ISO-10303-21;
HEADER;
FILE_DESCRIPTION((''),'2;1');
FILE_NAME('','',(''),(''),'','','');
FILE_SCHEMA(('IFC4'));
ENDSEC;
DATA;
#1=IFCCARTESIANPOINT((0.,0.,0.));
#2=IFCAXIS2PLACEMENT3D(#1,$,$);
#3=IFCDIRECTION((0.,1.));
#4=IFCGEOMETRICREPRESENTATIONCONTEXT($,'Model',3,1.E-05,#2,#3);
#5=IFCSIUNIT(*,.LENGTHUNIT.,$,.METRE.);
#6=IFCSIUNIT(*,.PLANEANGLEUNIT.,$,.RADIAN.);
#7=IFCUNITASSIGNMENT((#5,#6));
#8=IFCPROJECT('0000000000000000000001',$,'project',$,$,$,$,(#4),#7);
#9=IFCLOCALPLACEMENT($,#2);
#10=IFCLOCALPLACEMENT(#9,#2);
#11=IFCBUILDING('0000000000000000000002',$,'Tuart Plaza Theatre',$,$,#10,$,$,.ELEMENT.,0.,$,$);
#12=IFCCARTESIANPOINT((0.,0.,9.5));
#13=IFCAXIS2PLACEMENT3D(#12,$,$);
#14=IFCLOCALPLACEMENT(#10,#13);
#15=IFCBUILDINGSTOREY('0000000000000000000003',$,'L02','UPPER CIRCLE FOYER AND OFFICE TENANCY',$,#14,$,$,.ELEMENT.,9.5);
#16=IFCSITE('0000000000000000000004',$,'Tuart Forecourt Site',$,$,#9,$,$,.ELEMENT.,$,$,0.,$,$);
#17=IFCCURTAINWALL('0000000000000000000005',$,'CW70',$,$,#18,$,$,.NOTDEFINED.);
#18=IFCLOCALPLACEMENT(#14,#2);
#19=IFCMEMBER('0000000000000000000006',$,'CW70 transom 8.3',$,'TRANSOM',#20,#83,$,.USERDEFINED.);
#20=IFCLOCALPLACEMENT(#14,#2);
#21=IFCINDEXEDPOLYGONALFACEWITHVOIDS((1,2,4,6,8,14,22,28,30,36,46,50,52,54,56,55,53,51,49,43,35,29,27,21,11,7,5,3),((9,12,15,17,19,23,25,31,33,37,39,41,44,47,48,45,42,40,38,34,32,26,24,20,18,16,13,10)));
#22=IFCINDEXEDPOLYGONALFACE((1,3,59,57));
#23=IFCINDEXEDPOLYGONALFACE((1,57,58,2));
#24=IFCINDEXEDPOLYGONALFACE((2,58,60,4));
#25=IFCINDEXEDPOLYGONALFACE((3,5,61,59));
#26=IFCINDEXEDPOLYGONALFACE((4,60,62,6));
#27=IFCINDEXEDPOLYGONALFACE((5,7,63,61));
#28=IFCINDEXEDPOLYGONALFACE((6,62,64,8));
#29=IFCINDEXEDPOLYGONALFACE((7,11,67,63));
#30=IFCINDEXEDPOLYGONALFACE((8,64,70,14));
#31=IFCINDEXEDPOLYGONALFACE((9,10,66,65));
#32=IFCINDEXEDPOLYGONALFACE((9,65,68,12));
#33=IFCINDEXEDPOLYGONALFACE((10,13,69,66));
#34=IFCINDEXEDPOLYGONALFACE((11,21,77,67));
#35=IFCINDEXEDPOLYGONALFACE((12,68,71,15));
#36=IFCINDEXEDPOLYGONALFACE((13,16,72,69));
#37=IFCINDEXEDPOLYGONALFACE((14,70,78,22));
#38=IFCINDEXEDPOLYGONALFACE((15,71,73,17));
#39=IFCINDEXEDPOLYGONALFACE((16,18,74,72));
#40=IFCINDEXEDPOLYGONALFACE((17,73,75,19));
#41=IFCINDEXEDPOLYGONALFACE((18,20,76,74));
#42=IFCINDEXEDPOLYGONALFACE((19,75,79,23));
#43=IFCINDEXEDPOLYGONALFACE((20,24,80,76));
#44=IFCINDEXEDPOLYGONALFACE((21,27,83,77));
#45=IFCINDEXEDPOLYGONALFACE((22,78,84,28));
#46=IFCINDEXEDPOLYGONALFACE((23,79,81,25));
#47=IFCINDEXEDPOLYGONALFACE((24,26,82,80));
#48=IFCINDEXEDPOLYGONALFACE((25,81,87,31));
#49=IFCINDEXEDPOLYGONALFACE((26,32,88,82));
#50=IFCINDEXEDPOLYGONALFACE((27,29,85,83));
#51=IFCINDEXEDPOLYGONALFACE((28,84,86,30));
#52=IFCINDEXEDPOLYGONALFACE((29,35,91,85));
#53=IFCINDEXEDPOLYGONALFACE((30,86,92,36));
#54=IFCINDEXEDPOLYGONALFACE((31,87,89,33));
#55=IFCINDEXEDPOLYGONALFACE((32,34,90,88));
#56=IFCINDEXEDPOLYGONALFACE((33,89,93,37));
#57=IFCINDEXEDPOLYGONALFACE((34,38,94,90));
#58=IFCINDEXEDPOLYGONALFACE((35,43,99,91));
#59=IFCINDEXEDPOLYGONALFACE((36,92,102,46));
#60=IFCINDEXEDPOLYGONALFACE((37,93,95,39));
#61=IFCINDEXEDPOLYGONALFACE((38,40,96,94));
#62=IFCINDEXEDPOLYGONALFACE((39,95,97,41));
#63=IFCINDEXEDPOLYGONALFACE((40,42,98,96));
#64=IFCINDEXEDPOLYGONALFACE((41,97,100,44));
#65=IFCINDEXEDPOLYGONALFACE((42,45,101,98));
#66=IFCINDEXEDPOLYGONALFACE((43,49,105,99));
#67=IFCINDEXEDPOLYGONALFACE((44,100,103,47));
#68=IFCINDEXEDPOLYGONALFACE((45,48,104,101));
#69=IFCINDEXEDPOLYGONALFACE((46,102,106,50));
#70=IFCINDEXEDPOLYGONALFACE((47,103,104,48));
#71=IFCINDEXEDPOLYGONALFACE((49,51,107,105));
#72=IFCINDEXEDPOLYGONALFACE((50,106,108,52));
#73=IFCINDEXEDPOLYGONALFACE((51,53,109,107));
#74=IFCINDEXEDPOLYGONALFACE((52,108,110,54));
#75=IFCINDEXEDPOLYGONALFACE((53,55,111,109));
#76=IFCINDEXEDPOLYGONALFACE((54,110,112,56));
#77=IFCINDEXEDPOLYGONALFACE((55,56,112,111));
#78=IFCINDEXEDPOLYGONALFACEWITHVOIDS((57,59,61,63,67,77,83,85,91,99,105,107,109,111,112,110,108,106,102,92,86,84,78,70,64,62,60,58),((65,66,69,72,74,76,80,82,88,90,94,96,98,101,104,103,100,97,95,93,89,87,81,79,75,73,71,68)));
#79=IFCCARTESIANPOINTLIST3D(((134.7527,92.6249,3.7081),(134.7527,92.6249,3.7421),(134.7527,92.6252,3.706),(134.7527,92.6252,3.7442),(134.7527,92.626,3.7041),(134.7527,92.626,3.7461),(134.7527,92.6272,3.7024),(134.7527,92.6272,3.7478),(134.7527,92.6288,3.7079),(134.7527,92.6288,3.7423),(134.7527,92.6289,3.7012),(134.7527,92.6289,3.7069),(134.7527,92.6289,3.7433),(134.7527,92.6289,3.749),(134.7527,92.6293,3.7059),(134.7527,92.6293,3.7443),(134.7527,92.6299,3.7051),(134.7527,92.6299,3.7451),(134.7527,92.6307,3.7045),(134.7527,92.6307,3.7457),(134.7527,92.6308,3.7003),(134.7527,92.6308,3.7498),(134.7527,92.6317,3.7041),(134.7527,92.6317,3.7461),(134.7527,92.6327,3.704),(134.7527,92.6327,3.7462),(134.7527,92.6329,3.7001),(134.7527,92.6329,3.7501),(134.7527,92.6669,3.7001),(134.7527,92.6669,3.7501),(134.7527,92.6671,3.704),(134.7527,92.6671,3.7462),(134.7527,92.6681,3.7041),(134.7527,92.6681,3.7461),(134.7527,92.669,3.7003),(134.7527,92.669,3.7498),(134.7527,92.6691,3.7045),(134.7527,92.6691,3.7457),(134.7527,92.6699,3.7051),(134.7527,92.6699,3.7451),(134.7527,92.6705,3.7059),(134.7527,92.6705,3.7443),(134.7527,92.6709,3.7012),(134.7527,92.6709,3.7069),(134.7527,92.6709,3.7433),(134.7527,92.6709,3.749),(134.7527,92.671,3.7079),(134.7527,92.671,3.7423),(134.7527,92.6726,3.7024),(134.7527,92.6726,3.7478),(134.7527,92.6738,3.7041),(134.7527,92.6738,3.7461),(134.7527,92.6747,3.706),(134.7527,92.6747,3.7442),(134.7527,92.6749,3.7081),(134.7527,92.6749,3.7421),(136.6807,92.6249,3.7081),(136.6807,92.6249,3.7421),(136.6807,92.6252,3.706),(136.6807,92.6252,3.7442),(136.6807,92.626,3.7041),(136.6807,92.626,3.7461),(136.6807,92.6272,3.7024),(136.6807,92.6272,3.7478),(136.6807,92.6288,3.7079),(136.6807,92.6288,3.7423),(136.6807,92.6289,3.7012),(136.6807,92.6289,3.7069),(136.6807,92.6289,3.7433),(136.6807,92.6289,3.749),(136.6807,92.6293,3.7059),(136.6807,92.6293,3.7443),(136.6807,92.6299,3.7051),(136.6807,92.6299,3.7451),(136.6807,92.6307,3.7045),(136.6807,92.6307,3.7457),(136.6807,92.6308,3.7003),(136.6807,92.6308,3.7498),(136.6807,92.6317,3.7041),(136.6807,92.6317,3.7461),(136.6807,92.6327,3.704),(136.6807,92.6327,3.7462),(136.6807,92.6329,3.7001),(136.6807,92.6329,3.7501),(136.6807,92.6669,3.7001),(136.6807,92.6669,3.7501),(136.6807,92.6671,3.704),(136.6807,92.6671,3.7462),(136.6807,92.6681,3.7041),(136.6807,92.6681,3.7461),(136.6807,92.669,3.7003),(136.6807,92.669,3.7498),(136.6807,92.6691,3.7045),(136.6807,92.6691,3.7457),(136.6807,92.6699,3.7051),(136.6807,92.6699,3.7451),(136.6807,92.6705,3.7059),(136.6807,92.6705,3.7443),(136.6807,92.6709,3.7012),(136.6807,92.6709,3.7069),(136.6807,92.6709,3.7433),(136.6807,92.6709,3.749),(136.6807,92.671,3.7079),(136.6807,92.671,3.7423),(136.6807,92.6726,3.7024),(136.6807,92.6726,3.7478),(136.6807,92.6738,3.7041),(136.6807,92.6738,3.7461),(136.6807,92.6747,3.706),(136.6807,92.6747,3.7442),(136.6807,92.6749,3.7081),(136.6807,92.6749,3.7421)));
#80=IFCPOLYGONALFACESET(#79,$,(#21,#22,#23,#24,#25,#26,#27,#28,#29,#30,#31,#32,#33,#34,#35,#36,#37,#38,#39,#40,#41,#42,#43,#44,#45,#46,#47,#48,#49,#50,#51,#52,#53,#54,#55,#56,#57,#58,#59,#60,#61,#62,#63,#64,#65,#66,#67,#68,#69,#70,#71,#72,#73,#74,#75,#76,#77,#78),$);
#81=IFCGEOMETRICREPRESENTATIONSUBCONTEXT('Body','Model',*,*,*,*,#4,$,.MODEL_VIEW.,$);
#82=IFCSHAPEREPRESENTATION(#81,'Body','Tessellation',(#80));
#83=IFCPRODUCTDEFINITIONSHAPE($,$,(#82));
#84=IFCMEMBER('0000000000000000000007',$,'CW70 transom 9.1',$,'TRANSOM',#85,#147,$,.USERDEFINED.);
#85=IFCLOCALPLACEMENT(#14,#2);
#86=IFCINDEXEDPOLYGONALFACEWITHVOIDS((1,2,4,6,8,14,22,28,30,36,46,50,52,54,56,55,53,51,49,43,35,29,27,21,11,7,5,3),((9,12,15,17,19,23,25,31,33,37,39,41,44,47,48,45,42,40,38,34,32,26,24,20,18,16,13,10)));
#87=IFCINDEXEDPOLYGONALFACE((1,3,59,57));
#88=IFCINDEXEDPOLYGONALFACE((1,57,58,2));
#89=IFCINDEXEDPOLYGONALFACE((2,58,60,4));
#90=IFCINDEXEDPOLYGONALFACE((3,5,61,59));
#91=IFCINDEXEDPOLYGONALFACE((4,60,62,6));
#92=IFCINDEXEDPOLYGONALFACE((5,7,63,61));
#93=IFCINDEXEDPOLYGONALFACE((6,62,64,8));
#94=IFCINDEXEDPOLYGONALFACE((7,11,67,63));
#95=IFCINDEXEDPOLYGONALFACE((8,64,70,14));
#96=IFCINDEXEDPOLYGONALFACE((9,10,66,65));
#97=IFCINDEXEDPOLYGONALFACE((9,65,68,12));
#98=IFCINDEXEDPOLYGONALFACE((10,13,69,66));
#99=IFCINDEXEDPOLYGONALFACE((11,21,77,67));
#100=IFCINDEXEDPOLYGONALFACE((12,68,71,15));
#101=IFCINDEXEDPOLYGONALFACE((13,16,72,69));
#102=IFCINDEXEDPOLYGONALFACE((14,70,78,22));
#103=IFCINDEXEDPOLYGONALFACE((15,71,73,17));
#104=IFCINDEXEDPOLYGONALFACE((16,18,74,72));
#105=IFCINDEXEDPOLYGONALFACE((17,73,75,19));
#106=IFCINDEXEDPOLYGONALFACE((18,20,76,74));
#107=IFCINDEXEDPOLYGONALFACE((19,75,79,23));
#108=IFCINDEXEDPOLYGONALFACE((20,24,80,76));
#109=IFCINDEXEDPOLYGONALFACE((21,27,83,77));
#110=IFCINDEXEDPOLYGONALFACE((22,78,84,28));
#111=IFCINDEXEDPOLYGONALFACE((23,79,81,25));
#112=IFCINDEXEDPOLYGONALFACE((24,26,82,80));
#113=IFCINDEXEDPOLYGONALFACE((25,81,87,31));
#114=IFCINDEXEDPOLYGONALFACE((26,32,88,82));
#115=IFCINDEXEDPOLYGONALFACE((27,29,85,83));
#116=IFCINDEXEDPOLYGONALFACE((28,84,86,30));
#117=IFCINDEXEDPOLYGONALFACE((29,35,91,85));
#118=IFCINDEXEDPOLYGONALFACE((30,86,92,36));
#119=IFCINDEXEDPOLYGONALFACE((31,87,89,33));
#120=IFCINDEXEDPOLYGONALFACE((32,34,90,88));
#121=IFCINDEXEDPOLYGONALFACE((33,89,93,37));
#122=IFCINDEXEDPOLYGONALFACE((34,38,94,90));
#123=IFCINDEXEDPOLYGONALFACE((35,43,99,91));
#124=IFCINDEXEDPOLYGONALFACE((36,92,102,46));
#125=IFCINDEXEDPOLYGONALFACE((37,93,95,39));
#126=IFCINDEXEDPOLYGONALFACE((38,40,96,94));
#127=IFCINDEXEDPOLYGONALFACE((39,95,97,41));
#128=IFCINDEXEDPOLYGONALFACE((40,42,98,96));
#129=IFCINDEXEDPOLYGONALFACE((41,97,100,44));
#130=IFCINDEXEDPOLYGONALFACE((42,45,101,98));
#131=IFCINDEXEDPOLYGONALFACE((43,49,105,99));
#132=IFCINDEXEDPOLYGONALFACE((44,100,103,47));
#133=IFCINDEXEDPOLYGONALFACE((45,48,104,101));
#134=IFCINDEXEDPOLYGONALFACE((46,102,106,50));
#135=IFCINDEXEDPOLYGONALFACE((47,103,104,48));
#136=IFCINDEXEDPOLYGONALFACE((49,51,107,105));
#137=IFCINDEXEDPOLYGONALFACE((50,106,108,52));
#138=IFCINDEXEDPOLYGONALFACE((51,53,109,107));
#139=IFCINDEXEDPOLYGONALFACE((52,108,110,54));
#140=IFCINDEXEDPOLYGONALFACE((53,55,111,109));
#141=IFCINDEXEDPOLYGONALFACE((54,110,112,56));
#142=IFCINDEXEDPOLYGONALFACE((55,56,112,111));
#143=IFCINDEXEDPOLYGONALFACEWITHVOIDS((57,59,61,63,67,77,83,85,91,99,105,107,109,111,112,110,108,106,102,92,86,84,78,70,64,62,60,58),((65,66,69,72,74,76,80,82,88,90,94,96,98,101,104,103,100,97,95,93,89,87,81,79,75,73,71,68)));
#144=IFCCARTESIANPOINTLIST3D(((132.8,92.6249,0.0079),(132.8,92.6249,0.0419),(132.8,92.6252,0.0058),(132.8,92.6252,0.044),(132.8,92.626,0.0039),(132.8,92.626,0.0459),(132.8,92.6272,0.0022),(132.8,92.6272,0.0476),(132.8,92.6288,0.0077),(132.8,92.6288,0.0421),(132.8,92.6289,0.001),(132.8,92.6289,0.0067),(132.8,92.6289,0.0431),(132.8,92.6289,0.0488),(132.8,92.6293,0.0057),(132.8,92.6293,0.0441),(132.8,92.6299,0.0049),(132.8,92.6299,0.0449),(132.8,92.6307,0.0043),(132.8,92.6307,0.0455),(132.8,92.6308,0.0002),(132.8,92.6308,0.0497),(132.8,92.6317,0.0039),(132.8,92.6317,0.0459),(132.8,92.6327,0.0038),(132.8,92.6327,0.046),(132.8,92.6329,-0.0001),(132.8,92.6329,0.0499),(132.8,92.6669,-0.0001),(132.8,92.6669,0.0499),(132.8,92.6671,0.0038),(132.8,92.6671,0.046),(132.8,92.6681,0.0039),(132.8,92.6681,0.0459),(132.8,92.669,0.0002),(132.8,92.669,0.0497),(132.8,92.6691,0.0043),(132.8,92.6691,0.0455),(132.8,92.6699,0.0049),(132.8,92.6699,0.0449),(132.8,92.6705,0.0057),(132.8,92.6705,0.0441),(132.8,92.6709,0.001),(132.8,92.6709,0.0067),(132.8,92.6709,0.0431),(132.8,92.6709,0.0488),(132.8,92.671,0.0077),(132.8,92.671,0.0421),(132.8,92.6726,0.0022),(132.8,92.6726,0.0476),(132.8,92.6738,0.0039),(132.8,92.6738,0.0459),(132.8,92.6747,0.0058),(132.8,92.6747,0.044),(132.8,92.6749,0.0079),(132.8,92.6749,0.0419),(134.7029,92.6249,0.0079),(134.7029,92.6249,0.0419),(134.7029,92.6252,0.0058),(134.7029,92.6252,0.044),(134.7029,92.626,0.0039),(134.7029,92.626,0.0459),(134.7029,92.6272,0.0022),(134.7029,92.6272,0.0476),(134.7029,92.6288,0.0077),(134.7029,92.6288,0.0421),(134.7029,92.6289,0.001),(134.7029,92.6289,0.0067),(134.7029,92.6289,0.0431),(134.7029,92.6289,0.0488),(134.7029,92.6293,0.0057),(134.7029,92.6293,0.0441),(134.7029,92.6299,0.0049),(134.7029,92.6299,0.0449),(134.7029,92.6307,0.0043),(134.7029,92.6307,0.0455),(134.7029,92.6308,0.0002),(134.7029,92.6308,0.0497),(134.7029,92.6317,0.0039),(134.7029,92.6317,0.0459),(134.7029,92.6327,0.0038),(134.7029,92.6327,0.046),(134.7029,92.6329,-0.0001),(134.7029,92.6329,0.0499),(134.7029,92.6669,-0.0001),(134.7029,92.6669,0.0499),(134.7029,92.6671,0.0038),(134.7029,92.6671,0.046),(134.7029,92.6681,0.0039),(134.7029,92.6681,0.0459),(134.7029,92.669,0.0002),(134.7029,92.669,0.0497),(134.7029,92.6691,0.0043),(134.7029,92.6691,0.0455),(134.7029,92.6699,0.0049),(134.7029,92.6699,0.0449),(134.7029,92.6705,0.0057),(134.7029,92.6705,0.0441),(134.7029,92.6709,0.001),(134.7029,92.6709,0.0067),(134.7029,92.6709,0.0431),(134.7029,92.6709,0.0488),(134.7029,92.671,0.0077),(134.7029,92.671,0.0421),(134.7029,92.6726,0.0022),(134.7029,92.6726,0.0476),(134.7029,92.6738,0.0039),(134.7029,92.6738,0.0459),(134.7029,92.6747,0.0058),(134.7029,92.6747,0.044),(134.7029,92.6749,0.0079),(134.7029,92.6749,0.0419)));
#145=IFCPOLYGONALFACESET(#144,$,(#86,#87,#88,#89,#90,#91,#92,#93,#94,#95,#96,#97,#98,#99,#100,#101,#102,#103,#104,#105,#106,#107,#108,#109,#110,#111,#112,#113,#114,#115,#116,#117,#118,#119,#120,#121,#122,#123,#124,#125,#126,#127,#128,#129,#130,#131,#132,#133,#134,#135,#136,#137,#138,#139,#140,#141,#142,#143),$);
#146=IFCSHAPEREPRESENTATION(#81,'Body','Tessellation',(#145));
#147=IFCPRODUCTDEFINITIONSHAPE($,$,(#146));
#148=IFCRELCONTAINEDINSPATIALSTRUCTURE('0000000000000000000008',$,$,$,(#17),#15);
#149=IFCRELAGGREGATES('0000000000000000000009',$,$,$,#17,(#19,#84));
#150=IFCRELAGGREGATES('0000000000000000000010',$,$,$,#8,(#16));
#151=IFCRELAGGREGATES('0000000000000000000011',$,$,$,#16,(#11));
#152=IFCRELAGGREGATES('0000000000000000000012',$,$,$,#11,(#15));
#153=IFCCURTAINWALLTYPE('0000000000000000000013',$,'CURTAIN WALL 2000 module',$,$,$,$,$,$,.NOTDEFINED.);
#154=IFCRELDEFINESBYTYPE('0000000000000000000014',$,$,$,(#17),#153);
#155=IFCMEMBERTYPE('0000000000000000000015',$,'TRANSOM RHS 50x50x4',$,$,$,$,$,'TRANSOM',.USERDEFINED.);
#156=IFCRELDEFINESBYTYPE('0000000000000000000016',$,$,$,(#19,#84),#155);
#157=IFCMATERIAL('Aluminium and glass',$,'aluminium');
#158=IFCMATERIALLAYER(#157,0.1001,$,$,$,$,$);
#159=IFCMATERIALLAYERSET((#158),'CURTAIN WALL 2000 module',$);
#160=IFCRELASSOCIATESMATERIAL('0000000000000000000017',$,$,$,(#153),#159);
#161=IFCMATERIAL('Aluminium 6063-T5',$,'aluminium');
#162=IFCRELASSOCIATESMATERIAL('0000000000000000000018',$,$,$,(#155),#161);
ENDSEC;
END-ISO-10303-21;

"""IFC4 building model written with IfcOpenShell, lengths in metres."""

from ifc_helpers import new_model, si_unit, direction, frame, origin, origin_2d, place, context, subcontext, project, spatial, hollow_rectangle, extrude, material, layer, layer_set, material_profile, profile_set, type_object, element, aggregate, save


model = new_model("IFC4")

# Units and contexts
model_context = context("Model", 3, precision=1e-05, world=origin(), true_north=direction((0.0, 1.0)))
body_context = subcontext(model_context, "Body", "Model", "MODEL_VIEW")
ifc_project = project(units=[si_unit("LENGTHUNIT", "METRE"), si_unit("PLANEANGLEUNIT", "RADIAN")], contexts=[model_context])

# Site, building, storey
site_placement = place(None, origin())
site = spatial("IfcSite", under=ifc_project, at=site_placement, Name="Tuart Forecourt Site", CompositionType="ELEMENT", RefElevation=0.0)
building_placement = place(site_placement, origin())
building = spatial("IfcBuilding", under=site, at=building_placement, Name="Tuart Plaza Theatre", CompositionType="ELEMENT", ElevationOfRefHeight=0.0)
storey_placement = place(building_placement, frame((0.0, 0.0, 9.5)))
storey = spatial("IfcBuildingStorey", under=building, at=storey_placement, Name="L02", Description="UPPER CIRCLE FOYER AND OFFICE TENANCY", CompositionType="ELEMENT", Elevation=9.5)

# Curtain wall
ifc_material_1 = material(Name="Aluminium and glass", Category="aluminium")
ifc_layer_1 = layer(ifc_material_1, 0.1001)
ifc_layer_set_1 = layer_set([ifc_layer_1], Name="CURTAIN WALL 2000 module")
curtain_wall_type = type_object("IfcCurtainWallType", Name="CURTAIN WALL 2000 module", PredefinedType="NOTDEFINED", material=ifc_layer_set_1)
curtain_wall_1_placement = place(storey_placement, origin())
curtain_wall_1 = element("IfcCurtainWall", 1, at=curtain_wall_1_placement, inside=storey, type_object=curtain_wall_type, Name="CW70", PredefinedType="NOTDEFINED")

# Members
ifc_material_2 = material(Name="Aluminium 6063-T5", Category="aluminium")
ifc_material_profile_1 = material_profile(ifc_material_2, hollow_rectangle(XDim=0.05, YDim=0.05, WallThickness=0.0039, InnerFilletRadius=0.0039, OuterFilletRadius=0.0081, at=origin_2d()), Name="RHS 50x50x4")
ifc_profile_set_1 = profile_set([ifc_material_profile_1], Name="Aluminium 6063-T5")
member_type_1 = type_object("IfcMemberType", Name="TRANSOM RHS 50x50x4", ElementType="TRANSOM", PredefinedType="USERDEFINED", material=ifc_profile_set_1)
member_1_placement = place(storey_placement, frame((136.6807, 92.6499, 3.7251), z_axis=(-1.0, 0.0, 0.0), x_axis=(0.0, -1.0, 0.0)))
member_1 = element("IfcMember", 2, at=member_1_placement, type_object=member_type_1, Name="CW70 transom 8.3", ObjectType="TRANSOM", PredefinedType="USERDEFINED", context=body_context, shape_type="SweptSolid", body=[
    extrude(hollow_rectangle(XDim=0.05, YDim=0.05, WallThickness=0.0039, InnerFilletRadius=0.0039, OuterFilletRadius=0.0081, at=origin_2d()), origin(), (0.0, 0.0, 1.0), 1.928),
])
member_2_placement = place(storey_placement, frame((134.7029, 92.6499, 0.0249), z_axis=(-1.0, 0.0, 0.0), x_axis=(0.0, -1.0, 0.0)))
member_2 = element("IfcMember", 3, at=member_2_placement, type_object=member_type_1, Name="CW70 transom 9.1", ObjectType="TRANSOM", PredefinedType="USERDEFINED", context=body_context, shape_type="SweptSolid", body=[
    extrude(hollow_rectangle(XDim=0.05, YDim=0.05, WallThickness=0.0039, InnerFilletRadius=0.0039, OuterFilletRadius=0.0081, at=origin_2d()), origin(), (0.0, 0.0, 1.0), 1.9028),
])

aggregate(curtain_wall_1, [member_1, member_2])

save(model, "model.ifc")
